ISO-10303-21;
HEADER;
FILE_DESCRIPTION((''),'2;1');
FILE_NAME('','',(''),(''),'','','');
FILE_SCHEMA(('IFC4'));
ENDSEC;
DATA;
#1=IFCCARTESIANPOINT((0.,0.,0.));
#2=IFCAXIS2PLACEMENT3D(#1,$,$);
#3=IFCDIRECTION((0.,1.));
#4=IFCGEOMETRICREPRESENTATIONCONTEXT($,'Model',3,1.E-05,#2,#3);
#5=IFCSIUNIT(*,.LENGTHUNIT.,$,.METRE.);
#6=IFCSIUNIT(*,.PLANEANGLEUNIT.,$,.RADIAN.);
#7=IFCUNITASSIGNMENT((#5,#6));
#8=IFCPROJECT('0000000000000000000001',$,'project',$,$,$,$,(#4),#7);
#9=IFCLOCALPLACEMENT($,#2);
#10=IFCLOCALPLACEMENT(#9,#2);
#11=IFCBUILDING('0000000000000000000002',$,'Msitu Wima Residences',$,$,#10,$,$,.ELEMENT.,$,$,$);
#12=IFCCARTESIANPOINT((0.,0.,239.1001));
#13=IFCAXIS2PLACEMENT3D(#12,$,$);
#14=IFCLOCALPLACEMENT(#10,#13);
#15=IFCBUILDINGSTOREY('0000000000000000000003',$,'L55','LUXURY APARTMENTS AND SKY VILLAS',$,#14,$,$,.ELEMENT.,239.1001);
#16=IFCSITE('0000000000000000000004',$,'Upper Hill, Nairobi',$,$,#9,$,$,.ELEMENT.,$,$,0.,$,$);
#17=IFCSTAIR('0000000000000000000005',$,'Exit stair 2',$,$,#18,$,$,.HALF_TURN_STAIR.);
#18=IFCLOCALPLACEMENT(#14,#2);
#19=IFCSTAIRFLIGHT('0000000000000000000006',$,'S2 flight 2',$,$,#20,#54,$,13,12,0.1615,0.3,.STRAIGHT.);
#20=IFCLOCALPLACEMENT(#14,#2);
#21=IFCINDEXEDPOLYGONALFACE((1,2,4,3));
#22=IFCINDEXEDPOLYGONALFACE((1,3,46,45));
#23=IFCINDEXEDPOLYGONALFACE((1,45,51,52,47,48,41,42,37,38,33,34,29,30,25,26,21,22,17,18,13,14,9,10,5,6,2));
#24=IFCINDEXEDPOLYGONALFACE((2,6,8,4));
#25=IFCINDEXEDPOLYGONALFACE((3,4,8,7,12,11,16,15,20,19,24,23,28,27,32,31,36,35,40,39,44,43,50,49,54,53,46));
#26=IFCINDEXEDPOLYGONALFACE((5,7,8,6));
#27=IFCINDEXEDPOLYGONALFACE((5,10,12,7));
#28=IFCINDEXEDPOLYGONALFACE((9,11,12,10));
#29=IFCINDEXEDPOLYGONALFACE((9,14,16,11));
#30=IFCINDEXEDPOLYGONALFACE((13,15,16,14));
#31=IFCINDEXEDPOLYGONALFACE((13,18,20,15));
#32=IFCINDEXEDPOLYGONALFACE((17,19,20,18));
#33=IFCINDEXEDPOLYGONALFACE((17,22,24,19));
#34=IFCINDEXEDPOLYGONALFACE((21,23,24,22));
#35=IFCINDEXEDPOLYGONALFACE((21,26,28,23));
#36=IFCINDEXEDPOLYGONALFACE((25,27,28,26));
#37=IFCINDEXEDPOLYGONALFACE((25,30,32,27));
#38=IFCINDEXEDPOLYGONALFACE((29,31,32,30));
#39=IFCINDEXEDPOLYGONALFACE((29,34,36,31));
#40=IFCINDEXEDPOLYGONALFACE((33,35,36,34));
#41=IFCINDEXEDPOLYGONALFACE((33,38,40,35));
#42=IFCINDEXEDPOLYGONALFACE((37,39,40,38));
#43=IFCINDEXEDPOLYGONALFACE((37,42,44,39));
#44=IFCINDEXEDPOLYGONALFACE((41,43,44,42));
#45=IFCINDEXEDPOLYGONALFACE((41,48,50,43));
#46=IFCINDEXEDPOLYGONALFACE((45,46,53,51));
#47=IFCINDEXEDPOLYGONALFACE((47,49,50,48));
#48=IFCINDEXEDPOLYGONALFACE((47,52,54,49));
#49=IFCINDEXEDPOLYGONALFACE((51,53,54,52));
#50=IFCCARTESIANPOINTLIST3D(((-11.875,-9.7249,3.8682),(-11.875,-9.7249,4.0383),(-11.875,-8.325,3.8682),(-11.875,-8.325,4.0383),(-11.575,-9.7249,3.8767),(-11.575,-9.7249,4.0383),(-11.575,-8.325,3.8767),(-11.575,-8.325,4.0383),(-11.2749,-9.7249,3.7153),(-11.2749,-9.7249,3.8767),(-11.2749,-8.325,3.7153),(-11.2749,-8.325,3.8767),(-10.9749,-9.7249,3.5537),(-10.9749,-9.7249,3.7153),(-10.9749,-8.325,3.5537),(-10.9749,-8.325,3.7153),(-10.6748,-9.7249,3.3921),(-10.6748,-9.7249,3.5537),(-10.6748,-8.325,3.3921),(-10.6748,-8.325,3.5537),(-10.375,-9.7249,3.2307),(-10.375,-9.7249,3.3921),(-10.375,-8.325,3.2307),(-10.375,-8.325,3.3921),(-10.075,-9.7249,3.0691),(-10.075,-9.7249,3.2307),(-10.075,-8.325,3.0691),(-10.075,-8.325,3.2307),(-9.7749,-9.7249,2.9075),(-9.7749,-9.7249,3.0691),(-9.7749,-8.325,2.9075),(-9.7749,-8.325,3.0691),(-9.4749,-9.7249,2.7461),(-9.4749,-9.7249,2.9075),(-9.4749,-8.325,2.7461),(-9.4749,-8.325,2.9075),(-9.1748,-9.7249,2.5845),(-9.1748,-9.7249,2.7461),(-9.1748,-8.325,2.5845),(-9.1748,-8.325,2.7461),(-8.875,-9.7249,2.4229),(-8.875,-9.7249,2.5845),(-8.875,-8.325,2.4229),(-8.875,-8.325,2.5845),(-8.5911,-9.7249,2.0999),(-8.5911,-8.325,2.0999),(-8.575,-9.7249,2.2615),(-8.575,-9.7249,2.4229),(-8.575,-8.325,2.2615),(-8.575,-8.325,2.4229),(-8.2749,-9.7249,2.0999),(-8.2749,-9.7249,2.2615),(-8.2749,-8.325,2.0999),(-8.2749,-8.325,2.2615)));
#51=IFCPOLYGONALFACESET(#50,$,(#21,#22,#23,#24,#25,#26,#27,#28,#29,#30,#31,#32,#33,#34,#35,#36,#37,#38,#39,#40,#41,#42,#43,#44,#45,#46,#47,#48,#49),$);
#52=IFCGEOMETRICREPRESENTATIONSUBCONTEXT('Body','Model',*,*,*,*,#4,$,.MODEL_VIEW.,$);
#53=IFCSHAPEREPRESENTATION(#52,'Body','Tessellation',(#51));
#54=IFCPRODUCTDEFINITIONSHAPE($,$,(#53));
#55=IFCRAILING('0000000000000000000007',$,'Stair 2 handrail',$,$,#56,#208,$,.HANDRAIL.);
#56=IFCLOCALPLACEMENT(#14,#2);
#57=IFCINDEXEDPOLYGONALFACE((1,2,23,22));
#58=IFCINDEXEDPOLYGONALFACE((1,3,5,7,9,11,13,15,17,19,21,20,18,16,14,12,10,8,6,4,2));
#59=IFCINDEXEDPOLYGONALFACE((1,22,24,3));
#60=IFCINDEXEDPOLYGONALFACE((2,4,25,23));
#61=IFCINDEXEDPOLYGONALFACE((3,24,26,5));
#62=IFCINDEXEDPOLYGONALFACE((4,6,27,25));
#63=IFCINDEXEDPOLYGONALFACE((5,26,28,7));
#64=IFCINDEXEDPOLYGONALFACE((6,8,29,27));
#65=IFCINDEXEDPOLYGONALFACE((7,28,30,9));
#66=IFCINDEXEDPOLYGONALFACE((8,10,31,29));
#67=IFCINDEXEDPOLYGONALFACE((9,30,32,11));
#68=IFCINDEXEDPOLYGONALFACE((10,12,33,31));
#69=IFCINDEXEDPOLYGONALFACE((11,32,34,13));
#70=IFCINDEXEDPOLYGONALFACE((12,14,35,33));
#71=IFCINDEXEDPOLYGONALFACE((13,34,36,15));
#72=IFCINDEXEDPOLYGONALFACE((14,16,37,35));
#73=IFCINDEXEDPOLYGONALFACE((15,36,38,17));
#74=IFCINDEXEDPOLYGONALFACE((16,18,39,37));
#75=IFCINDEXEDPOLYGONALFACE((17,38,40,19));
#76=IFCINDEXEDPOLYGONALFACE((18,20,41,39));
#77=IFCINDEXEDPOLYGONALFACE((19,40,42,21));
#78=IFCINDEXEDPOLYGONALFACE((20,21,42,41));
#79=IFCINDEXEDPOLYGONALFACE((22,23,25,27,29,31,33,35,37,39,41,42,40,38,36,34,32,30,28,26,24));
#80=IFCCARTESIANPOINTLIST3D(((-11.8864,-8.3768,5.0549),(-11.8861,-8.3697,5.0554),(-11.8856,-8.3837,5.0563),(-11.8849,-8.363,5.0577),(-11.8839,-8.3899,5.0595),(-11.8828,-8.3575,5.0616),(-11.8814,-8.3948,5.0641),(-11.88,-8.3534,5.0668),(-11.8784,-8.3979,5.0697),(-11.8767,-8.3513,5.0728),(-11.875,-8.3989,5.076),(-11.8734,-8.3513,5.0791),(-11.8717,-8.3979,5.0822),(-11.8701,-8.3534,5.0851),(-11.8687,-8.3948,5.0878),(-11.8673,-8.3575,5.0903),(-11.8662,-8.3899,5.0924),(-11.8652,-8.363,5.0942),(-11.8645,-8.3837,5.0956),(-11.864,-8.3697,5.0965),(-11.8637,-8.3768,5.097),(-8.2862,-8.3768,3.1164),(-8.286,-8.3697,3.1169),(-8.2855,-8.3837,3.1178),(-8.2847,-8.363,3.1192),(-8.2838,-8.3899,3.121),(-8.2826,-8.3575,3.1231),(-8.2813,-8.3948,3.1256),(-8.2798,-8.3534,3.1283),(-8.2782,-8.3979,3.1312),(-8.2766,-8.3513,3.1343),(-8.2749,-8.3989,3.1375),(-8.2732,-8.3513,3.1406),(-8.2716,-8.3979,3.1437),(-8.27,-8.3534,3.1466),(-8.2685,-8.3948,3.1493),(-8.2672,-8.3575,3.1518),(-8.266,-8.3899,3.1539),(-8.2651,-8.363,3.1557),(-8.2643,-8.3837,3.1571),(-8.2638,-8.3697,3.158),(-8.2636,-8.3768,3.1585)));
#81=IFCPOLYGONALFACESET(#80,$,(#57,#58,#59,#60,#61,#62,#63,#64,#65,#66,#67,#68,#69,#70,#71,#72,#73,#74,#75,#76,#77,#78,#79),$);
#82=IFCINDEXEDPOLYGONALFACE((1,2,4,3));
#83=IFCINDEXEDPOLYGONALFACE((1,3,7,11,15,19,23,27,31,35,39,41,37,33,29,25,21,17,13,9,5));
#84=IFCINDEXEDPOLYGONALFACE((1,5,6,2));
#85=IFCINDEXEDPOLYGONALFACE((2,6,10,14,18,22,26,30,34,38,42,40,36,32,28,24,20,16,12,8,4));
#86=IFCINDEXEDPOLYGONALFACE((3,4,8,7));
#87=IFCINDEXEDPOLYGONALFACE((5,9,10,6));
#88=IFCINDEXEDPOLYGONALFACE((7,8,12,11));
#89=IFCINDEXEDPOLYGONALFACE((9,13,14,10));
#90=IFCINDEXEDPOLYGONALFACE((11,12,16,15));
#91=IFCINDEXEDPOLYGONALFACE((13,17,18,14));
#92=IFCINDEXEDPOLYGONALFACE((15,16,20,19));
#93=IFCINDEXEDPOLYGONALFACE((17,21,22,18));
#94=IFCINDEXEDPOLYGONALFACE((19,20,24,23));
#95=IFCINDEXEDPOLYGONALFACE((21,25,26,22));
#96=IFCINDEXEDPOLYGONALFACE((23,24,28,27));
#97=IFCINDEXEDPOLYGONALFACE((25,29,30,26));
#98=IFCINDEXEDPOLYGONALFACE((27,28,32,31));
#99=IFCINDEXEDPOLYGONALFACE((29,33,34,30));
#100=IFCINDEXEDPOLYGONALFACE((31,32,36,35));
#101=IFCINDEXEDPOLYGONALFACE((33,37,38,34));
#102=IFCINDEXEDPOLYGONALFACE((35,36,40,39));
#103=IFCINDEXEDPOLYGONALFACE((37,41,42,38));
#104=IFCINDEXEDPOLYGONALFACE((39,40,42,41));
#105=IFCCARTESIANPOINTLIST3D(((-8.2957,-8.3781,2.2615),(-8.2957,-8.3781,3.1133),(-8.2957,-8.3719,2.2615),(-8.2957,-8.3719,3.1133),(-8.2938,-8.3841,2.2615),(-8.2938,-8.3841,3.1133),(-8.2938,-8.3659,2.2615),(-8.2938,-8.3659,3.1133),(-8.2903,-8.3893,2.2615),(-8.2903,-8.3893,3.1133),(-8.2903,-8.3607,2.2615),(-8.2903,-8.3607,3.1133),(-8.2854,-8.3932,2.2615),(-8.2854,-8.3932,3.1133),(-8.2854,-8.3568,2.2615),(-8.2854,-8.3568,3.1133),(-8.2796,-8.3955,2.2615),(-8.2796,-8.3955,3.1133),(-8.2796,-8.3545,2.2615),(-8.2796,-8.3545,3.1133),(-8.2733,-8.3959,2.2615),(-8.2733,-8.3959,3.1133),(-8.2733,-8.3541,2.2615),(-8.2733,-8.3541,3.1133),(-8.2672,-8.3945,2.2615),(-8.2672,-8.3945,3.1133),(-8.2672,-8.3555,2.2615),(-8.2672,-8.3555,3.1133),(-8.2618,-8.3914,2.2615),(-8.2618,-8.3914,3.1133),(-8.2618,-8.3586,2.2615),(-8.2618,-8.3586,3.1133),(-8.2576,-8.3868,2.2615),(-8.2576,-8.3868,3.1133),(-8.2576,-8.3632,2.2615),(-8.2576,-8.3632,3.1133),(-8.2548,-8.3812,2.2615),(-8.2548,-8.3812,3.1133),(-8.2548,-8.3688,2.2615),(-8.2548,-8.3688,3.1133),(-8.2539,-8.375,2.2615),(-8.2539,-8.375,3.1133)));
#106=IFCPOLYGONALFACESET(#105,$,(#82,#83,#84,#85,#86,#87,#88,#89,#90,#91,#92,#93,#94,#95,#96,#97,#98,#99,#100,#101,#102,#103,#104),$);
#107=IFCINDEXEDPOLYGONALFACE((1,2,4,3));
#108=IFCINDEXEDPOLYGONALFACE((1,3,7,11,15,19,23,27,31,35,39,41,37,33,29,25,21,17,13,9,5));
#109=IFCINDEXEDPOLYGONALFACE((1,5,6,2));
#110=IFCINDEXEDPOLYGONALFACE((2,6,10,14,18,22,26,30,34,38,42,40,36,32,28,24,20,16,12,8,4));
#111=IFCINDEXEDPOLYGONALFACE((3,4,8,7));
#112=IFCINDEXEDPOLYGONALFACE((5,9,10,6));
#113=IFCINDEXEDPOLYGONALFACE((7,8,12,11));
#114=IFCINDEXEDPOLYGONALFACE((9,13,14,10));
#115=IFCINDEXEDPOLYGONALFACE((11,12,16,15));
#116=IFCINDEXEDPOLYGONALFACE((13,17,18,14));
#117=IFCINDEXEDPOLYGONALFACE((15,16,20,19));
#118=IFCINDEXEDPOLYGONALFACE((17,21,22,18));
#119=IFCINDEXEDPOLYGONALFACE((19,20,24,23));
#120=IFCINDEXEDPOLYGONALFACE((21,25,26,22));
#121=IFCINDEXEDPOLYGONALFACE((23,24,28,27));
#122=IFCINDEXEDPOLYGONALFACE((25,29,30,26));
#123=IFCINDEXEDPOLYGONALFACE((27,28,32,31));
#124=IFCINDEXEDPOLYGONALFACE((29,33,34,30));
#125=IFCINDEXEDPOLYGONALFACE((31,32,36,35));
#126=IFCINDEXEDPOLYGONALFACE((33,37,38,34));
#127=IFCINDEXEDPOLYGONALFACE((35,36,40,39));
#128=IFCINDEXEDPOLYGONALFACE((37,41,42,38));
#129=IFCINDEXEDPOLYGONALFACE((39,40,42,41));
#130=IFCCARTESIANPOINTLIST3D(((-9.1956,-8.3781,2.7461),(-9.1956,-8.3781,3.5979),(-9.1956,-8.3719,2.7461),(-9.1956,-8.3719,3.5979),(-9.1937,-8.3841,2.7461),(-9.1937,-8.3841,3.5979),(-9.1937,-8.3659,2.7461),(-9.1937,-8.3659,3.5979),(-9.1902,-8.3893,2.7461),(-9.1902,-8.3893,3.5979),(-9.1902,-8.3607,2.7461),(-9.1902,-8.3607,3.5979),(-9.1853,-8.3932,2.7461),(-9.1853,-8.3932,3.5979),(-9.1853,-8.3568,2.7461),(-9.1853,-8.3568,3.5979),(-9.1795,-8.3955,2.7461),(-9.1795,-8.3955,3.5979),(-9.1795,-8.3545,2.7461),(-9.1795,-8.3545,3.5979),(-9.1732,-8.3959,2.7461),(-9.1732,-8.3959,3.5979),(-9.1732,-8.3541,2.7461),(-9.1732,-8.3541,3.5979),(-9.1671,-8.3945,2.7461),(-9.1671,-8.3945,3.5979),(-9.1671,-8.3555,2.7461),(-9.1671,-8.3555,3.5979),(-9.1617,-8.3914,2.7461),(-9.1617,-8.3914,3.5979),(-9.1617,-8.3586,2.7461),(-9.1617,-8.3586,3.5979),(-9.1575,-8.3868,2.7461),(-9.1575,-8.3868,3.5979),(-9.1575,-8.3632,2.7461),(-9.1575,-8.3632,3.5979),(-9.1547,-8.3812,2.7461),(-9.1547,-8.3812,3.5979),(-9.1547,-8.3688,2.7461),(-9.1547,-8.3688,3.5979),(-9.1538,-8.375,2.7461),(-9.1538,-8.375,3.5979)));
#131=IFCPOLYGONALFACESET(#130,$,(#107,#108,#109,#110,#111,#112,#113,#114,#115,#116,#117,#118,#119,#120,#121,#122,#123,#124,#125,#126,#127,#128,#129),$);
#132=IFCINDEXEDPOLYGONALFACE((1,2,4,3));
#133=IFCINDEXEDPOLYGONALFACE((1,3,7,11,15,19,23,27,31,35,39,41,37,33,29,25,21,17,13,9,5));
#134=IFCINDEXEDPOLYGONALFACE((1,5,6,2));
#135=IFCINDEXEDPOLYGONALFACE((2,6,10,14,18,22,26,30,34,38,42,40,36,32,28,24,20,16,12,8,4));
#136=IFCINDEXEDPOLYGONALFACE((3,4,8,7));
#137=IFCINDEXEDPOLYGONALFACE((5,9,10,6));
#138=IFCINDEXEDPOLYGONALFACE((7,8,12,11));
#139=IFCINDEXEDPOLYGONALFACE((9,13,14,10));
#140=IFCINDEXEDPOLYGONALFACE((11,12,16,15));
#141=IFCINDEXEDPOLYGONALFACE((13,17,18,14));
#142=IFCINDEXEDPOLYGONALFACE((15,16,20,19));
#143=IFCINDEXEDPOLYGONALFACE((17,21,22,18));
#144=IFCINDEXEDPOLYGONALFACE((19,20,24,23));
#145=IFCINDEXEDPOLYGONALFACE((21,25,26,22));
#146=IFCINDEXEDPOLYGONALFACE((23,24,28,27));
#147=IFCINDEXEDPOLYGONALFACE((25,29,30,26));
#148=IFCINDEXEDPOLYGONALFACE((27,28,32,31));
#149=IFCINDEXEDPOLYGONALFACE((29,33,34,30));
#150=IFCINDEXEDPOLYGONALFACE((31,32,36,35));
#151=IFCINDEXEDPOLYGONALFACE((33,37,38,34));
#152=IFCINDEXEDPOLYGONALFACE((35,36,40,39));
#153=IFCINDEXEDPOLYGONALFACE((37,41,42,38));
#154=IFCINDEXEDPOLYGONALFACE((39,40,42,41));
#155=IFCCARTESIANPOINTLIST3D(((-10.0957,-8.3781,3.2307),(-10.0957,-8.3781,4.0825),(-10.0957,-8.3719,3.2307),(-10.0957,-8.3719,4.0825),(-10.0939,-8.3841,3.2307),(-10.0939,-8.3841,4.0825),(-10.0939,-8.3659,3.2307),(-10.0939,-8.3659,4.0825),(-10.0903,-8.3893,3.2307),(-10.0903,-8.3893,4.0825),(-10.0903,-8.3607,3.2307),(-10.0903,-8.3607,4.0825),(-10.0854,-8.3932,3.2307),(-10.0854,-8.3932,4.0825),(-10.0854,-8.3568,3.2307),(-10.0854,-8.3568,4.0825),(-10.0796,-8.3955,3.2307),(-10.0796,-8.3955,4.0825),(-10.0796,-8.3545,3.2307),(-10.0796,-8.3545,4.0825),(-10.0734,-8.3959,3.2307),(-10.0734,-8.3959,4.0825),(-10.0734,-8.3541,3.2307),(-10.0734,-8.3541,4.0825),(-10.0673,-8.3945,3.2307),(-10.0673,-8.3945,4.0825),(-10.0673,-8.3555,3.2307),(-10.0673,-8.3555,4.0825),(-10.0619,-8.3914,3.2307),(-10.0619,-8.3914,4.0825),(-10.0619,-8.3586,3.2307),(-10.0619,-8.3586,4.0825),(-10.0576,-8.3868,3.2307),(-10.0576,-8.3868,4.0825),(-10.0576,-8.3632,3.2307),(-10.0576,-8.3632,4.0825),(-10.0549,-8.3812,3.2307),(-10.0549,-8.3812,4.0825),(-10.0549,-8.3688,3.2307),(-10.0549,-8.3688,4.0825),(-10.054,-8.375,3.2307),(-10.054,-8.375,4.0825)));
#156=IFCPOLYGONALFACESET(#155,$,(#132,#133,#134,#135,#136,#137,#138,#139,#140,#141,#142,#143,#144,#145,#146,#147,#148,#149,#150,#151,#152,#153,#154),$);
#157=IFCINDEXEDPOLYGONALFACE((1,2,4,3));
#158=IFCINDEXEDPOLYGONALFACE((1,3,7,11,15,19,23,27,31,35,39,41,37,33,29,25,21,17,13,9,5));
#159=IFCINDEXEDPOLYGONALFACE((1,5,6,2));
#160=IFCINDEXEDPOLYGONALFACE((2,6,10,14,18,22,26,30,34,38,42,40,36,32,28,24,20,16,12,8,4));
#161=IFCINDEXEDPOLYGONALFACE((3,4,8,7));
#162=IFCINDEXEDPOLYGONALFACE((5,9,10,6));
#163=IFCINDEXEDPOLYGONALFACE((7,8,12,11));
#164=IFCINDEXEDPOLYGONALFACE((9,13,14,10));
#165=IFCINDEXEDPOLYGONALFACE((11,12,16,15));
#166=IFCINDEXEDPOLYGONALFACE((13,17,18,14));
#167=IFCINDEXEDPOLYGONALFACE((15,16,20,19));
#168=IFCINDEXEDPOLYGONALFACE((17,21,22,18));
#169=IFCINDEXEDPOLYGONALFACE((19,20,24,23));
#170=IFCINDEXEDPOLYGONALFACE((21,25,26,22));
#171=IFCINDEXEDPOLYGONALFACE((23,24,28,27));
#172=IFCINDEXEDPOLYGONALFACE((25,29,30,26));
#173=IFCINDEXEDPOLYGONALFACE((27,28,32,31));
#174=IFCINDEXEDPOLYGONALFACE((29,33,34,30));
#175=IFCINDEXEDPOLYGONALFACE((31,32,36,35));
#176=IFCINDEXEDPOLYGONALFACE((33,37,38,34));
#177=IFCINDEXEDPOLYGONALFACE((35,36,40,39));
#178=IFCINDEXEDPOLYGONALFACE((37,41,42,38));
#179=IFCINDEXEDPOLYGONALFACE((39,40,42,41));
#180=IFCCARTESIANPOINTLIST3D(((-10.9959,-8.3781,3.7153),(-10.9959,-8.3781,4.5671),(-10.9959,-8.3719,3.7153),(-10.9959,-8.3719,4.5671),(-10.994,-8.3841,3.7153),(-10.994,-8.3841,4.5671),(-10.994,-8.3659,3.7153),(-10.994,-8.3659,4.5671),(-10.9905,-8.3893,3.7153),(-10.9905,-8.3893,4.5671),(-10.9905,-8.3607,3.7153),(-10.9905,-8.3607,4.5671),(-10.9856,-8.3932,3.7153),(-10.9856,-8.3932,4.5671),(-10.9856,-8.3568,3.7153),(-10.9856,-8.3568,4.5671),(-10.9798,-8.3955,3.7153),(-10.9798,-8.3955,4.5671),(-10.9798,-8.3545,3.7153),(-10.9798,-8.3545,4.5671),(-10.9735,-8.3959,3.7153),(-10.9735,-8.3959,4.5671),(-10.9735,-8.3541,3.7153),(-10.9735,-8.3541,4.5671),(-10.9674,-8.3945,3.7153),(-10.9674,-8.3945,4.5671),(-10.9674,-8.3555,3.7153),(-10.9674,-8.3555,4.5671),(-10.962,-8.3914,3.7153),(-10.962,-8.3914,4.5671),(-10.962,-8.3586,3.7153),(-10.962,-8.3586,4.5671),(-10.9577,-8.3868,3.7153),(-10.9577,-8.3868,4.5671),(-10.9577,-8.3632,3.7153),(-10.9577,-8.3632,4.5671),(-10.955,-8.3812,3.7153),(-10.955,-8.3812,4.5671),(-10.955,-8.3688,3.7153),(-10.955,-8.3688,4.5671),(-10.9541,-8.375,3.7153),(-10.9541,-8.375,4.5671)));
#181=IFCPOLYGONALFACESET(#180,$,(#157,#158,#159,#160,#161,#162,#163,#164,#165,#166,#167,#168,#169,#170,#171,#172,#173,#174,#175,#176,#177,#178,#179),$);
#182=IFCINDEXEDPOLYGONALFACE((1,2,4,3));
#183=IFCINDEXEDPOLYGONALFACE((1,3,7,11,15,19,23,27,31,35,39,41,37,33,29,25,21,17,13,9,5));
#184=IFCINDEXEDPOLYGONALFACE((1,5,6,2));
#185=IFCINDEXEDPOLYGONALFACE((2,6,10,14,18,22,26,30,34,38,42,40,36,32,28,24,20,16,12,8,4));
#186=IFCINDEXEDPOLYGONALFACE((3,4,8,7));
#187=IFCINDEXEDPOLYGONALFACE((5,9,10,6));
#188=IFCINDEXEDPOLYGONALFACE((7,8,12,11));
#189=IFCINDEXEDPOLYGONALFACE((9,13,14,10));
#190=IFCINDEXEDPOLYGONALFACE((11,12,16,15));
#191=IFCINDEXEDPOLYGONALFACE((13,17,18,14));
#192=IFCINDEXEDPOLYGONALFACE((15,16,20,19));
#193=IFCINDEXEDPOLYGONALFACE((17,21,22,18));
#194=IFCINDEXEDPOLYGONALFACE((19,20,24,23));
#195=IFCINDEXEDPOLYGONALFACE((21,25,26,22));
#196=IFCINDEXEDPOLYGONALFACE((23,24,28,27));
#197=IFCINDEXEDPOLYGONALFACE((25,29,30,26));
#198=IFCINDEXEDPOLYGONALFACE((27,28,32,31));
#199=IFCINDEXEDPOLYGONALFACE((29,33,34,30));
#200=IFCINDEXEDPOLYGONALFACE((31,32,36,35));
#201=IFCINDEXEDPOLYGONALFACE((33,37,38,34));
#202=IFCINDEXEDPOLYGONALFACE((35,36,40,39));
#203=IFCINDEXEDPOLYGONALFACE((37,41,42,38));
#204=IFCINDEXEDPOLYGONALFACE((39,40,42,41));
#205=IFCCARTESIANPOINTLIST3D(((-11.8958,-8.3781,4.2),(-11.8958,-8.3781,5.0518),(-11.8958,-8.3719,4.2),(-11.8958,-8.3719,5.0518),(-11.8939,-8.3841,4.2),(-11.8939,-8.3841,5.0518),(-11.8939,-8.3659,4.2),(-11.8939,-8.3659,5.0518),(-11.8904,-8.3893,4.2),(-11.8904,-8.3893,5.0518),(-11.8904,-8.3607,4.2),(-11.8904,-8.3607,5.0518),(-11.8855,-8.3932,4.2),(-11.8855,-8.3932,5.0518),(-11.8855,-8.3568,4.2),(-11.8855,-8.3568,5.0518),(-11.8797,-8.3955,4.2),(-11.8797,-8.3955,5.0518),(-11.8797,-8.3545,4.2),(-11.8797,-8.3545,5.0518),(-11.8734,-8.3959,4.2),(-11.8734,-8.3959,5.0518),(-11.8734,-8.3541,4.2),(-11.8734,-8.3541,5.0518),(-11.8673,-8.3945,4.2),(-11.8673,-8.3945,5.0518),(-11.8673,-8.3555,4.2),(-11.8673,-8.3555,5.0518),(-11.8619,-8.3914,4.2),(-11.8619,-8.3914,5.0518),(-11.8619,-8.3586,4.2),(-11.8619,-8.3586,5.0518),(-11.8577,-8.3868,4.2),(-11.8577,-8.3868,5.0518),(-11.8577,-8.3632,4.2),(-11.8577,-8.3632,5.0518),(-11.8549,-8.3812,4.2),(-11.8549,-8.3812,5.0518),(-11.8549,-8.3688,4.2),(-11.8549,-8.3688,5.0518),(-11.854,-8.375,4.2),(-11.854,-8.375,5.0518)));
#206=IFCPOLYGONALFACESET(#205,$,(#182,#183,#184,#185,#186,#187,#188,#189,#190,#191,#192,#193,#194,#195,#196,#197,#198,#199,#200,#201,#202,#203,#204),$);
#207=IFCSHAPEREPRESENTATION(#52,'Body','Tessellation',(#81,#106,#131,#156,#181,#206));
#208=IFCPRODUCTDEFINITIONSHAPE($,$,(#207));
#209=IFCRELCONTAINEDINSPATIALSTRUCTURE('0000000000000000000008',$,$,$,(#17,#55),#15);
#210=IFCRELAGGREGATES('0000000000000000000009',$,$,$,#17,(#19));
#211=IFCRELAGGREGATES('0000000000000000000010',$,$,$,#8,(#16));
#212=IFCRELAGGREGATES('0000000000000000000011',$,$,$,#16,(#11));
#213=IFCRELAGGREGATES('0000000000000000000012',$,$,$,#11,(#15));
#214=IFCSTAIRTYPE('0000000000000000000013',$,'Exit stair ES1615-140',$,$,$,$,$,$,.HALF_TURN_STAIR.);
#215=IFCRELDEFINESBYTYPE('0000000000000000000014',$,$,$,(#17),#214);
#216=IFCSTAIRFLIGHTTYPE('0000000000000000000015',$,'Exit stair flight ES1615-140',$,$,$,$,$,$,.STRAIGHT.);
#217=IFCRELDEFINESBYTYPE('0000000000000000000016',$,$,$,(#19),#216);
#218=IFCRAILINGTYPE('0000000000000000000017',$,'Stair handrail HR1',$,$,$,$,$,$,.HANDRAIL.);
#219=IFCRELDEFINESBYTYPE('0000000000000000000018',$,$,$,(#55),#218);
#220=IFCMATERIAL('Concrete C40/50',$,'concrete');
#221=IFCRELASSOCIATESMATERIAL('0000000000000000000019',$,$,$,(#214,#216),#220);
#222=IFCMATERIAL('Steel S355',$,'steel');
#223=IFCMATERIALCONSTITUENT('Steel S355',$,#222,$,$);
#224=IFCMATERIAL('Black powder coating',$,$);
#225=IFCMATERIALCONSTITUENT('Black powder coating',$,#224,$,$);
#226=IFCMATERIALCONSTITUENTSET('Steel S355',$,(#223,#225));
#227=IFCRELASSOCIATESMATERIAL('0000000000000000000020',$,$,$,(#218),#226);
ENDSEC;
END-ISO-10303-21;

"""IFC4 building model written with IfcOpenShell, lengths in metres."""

from ifc_helpers import new_model, si_unit, direction, frame, origin, origin_2d, place, context, subcontext, project, spatial, polyline, circle, outline, extrude, material, constituent, constituent_set, type_object, element, aggregate, save


model = new_model("IFC4")

# Units and contexts
model_context = context("Model", 3, precision=1e-05, world=origin(), true_north=direction((0.0, 1.0)))
body_context = subcontext(model_context, "Body", "Model", "MODEL_VIEW")
ifc_project = project(units=[si_unit("LENGTHUNIT", "METRE"), si_unit("PLANEANGLEUNIT", "RADIAN")], contexts=[model_context])

# Site, building, storey
site_placement = place(None, origin())
site = spatial("IfcSite", under=ifc_project, at=site_placement, Name="Upper Hill, Nairobi", CompositionType="ELEMENT", RefElevation=0.0)
building_placement = place(site_placement, origin())
building = spatial("IfcBuilding", under=site, at=building_placement, Name="Msitu Wima Residences", CompositionType="ELEMENT")
storey_placement = place(building_placement, frame((0.0, 0.0, 239.1001)))
storey = spatial("IfcBuildingStorey", under=building, at=storey_placement, Name="L55", Description="LUXURY APARTMENTS AND SKY VILLAS", CompositionType="ELEMENT", Elevation=239.1001)

# Shared definitions
ifc_material_1 = material(Name="Concrete C40/50", Category="concrete")

# Stair, stair flight
stair_type = type_object("IfcStairType", Name="Exit stair ES1615-140", PredefinedType="HALF_TURN_STAIR", material=ifc_material_1)
stair_placement = place(storey_placement, origin())
stair = element("IfcStair", 1, at=stair_placement, inside=storey, type_object=stair_type, Name="Exit stair 2", PredefinedType="HALF_TURN_STAIR")
stair_flight_type = type_object("IfcStairFlightType", Name="Exit stair flight ES1615-140", PredefinedType="STRAIGHT", material=ifc_material_1)
stair_flight_placement = place(storey_placement, frame((-8.2749, -9.0249, 2.0999), z_axis=(0.0, 0.0, 1.0), x_axis=(-1.0, 0.0, 0.0)))
stair_flight = element("IfcStairFlight", 2, at=stair_flight_placement, type_object=stair_flight_type, Name="S2 flight 2", NumberOfRisers=13, NumberOfTreads=12, PredefinedType="STRAIGHT", RiserHeight=0.1615, TreadLength=0.3, context=body_context, shape_type="SweptSolid", body=[
    extrude(outline(polyline([(0.0, 0.0), (0.0, 0.1616), (0.3, 0.1616), (0.3, 0.323), (0.6001, 0.323), (0.6001, 0.4846), (0.8999, 0.4846), (0.8999, 0.6462), (1.2, 0.6462), (1.2, 0.8076), (1.5, 0.8076), (1.5, 0.9692), (1.8, 0.9692), (1.8, 1.1309), (2.1001, 1.1309), (2.1001, 1.2922), (2.3999, 1.2922), (2.3999, 1.4539), (2.7, 1.4539), (2.7, 1.6155), (3.0, 1.6155), (3.0, 1.7769), (3.3, 1.7769), (3.3, 1.9385), (3.6001, 1.9385), (3.6001, 2.1001), (3.6001, 1.7683), (0.3162, 0.0), (0.0, 0.0)])), frame((0.0, 0.7, 0.0), z_axis=(0.0, -1.0, 0.0), x_axis=(1.0, 0.0, 0.0)), (0.0, 0.0, 1.0), 1.3999),
])
aggregate(stair, [stair_flight])

# Railing
ifc_material_2 = material(Name="Steel S355", Category="steel")
ifc_constituent_1 = constituent(ifc_material_2, Name="Steel S355")
ifc_material_3 = material(Name="Black powder coating")
ifc_constituent_2 = constituent(ifc_material_3, Name="Black powder coating")
ifc_constituent_set = constituent_set(constituents=[ifc_constituent_1, ifc_constituent_2], Name="Steel S355")
railing_type = type_object("IfcRailingType", Name="Stair handrail HR1", PredefinedType="HANDRAIL", material=ifc_constituent_set)
railing_placement = place(storey_placement, frame((-8.2749, -8.375, 2.2615)))
element("IfcRailing", 3, at=railing_placement, inside=storey, type_object=railing_type, Name="Stair 2 handrail", PredefinedType="HANDRAIL", context=body_context, shape_type="SweptSolid", body=[
    extrude(circle(Radius=0.0239, at=origin_2d()), frame((0.0, 0.0, 0.876), z_axis=(-0.880475, 0.0, 0.474093), x_axis=(0.0, -1.0, 0.0)), (0.0, 0.0, 1.0), 4.0889),
    extrude(circle(Radius=0.021, at=origin_2d()), origin(), (0.0, 0.0, 1.0), 0.8518),
    extrude(circle(Radius=0.021, at=origin_2d()), frame((-0.8999, 0.0, 0.4846)), (0.0, 0.0, 1.0), 0.8518),
    extrude(circle(Radius=0.021, at=origin_2d()), frame((-1.8, 0.0, 0.9692)), (0.0, 0.0, 1.0), 0.8518),
    extrude(circle(Radius=0.021, at=origin_2d()), frame((-2.7002, 0.0, 1.4539)), (0.0, 0.0, 1.0), 0.8518),
    extrude(circle(Radius=0.021, at=origin_2d()), frame((-3.6001, 0.0, 1.9385)), (0.0, 0.0, 1.0), 0.8518),
])

save(model, "model.ifc")
